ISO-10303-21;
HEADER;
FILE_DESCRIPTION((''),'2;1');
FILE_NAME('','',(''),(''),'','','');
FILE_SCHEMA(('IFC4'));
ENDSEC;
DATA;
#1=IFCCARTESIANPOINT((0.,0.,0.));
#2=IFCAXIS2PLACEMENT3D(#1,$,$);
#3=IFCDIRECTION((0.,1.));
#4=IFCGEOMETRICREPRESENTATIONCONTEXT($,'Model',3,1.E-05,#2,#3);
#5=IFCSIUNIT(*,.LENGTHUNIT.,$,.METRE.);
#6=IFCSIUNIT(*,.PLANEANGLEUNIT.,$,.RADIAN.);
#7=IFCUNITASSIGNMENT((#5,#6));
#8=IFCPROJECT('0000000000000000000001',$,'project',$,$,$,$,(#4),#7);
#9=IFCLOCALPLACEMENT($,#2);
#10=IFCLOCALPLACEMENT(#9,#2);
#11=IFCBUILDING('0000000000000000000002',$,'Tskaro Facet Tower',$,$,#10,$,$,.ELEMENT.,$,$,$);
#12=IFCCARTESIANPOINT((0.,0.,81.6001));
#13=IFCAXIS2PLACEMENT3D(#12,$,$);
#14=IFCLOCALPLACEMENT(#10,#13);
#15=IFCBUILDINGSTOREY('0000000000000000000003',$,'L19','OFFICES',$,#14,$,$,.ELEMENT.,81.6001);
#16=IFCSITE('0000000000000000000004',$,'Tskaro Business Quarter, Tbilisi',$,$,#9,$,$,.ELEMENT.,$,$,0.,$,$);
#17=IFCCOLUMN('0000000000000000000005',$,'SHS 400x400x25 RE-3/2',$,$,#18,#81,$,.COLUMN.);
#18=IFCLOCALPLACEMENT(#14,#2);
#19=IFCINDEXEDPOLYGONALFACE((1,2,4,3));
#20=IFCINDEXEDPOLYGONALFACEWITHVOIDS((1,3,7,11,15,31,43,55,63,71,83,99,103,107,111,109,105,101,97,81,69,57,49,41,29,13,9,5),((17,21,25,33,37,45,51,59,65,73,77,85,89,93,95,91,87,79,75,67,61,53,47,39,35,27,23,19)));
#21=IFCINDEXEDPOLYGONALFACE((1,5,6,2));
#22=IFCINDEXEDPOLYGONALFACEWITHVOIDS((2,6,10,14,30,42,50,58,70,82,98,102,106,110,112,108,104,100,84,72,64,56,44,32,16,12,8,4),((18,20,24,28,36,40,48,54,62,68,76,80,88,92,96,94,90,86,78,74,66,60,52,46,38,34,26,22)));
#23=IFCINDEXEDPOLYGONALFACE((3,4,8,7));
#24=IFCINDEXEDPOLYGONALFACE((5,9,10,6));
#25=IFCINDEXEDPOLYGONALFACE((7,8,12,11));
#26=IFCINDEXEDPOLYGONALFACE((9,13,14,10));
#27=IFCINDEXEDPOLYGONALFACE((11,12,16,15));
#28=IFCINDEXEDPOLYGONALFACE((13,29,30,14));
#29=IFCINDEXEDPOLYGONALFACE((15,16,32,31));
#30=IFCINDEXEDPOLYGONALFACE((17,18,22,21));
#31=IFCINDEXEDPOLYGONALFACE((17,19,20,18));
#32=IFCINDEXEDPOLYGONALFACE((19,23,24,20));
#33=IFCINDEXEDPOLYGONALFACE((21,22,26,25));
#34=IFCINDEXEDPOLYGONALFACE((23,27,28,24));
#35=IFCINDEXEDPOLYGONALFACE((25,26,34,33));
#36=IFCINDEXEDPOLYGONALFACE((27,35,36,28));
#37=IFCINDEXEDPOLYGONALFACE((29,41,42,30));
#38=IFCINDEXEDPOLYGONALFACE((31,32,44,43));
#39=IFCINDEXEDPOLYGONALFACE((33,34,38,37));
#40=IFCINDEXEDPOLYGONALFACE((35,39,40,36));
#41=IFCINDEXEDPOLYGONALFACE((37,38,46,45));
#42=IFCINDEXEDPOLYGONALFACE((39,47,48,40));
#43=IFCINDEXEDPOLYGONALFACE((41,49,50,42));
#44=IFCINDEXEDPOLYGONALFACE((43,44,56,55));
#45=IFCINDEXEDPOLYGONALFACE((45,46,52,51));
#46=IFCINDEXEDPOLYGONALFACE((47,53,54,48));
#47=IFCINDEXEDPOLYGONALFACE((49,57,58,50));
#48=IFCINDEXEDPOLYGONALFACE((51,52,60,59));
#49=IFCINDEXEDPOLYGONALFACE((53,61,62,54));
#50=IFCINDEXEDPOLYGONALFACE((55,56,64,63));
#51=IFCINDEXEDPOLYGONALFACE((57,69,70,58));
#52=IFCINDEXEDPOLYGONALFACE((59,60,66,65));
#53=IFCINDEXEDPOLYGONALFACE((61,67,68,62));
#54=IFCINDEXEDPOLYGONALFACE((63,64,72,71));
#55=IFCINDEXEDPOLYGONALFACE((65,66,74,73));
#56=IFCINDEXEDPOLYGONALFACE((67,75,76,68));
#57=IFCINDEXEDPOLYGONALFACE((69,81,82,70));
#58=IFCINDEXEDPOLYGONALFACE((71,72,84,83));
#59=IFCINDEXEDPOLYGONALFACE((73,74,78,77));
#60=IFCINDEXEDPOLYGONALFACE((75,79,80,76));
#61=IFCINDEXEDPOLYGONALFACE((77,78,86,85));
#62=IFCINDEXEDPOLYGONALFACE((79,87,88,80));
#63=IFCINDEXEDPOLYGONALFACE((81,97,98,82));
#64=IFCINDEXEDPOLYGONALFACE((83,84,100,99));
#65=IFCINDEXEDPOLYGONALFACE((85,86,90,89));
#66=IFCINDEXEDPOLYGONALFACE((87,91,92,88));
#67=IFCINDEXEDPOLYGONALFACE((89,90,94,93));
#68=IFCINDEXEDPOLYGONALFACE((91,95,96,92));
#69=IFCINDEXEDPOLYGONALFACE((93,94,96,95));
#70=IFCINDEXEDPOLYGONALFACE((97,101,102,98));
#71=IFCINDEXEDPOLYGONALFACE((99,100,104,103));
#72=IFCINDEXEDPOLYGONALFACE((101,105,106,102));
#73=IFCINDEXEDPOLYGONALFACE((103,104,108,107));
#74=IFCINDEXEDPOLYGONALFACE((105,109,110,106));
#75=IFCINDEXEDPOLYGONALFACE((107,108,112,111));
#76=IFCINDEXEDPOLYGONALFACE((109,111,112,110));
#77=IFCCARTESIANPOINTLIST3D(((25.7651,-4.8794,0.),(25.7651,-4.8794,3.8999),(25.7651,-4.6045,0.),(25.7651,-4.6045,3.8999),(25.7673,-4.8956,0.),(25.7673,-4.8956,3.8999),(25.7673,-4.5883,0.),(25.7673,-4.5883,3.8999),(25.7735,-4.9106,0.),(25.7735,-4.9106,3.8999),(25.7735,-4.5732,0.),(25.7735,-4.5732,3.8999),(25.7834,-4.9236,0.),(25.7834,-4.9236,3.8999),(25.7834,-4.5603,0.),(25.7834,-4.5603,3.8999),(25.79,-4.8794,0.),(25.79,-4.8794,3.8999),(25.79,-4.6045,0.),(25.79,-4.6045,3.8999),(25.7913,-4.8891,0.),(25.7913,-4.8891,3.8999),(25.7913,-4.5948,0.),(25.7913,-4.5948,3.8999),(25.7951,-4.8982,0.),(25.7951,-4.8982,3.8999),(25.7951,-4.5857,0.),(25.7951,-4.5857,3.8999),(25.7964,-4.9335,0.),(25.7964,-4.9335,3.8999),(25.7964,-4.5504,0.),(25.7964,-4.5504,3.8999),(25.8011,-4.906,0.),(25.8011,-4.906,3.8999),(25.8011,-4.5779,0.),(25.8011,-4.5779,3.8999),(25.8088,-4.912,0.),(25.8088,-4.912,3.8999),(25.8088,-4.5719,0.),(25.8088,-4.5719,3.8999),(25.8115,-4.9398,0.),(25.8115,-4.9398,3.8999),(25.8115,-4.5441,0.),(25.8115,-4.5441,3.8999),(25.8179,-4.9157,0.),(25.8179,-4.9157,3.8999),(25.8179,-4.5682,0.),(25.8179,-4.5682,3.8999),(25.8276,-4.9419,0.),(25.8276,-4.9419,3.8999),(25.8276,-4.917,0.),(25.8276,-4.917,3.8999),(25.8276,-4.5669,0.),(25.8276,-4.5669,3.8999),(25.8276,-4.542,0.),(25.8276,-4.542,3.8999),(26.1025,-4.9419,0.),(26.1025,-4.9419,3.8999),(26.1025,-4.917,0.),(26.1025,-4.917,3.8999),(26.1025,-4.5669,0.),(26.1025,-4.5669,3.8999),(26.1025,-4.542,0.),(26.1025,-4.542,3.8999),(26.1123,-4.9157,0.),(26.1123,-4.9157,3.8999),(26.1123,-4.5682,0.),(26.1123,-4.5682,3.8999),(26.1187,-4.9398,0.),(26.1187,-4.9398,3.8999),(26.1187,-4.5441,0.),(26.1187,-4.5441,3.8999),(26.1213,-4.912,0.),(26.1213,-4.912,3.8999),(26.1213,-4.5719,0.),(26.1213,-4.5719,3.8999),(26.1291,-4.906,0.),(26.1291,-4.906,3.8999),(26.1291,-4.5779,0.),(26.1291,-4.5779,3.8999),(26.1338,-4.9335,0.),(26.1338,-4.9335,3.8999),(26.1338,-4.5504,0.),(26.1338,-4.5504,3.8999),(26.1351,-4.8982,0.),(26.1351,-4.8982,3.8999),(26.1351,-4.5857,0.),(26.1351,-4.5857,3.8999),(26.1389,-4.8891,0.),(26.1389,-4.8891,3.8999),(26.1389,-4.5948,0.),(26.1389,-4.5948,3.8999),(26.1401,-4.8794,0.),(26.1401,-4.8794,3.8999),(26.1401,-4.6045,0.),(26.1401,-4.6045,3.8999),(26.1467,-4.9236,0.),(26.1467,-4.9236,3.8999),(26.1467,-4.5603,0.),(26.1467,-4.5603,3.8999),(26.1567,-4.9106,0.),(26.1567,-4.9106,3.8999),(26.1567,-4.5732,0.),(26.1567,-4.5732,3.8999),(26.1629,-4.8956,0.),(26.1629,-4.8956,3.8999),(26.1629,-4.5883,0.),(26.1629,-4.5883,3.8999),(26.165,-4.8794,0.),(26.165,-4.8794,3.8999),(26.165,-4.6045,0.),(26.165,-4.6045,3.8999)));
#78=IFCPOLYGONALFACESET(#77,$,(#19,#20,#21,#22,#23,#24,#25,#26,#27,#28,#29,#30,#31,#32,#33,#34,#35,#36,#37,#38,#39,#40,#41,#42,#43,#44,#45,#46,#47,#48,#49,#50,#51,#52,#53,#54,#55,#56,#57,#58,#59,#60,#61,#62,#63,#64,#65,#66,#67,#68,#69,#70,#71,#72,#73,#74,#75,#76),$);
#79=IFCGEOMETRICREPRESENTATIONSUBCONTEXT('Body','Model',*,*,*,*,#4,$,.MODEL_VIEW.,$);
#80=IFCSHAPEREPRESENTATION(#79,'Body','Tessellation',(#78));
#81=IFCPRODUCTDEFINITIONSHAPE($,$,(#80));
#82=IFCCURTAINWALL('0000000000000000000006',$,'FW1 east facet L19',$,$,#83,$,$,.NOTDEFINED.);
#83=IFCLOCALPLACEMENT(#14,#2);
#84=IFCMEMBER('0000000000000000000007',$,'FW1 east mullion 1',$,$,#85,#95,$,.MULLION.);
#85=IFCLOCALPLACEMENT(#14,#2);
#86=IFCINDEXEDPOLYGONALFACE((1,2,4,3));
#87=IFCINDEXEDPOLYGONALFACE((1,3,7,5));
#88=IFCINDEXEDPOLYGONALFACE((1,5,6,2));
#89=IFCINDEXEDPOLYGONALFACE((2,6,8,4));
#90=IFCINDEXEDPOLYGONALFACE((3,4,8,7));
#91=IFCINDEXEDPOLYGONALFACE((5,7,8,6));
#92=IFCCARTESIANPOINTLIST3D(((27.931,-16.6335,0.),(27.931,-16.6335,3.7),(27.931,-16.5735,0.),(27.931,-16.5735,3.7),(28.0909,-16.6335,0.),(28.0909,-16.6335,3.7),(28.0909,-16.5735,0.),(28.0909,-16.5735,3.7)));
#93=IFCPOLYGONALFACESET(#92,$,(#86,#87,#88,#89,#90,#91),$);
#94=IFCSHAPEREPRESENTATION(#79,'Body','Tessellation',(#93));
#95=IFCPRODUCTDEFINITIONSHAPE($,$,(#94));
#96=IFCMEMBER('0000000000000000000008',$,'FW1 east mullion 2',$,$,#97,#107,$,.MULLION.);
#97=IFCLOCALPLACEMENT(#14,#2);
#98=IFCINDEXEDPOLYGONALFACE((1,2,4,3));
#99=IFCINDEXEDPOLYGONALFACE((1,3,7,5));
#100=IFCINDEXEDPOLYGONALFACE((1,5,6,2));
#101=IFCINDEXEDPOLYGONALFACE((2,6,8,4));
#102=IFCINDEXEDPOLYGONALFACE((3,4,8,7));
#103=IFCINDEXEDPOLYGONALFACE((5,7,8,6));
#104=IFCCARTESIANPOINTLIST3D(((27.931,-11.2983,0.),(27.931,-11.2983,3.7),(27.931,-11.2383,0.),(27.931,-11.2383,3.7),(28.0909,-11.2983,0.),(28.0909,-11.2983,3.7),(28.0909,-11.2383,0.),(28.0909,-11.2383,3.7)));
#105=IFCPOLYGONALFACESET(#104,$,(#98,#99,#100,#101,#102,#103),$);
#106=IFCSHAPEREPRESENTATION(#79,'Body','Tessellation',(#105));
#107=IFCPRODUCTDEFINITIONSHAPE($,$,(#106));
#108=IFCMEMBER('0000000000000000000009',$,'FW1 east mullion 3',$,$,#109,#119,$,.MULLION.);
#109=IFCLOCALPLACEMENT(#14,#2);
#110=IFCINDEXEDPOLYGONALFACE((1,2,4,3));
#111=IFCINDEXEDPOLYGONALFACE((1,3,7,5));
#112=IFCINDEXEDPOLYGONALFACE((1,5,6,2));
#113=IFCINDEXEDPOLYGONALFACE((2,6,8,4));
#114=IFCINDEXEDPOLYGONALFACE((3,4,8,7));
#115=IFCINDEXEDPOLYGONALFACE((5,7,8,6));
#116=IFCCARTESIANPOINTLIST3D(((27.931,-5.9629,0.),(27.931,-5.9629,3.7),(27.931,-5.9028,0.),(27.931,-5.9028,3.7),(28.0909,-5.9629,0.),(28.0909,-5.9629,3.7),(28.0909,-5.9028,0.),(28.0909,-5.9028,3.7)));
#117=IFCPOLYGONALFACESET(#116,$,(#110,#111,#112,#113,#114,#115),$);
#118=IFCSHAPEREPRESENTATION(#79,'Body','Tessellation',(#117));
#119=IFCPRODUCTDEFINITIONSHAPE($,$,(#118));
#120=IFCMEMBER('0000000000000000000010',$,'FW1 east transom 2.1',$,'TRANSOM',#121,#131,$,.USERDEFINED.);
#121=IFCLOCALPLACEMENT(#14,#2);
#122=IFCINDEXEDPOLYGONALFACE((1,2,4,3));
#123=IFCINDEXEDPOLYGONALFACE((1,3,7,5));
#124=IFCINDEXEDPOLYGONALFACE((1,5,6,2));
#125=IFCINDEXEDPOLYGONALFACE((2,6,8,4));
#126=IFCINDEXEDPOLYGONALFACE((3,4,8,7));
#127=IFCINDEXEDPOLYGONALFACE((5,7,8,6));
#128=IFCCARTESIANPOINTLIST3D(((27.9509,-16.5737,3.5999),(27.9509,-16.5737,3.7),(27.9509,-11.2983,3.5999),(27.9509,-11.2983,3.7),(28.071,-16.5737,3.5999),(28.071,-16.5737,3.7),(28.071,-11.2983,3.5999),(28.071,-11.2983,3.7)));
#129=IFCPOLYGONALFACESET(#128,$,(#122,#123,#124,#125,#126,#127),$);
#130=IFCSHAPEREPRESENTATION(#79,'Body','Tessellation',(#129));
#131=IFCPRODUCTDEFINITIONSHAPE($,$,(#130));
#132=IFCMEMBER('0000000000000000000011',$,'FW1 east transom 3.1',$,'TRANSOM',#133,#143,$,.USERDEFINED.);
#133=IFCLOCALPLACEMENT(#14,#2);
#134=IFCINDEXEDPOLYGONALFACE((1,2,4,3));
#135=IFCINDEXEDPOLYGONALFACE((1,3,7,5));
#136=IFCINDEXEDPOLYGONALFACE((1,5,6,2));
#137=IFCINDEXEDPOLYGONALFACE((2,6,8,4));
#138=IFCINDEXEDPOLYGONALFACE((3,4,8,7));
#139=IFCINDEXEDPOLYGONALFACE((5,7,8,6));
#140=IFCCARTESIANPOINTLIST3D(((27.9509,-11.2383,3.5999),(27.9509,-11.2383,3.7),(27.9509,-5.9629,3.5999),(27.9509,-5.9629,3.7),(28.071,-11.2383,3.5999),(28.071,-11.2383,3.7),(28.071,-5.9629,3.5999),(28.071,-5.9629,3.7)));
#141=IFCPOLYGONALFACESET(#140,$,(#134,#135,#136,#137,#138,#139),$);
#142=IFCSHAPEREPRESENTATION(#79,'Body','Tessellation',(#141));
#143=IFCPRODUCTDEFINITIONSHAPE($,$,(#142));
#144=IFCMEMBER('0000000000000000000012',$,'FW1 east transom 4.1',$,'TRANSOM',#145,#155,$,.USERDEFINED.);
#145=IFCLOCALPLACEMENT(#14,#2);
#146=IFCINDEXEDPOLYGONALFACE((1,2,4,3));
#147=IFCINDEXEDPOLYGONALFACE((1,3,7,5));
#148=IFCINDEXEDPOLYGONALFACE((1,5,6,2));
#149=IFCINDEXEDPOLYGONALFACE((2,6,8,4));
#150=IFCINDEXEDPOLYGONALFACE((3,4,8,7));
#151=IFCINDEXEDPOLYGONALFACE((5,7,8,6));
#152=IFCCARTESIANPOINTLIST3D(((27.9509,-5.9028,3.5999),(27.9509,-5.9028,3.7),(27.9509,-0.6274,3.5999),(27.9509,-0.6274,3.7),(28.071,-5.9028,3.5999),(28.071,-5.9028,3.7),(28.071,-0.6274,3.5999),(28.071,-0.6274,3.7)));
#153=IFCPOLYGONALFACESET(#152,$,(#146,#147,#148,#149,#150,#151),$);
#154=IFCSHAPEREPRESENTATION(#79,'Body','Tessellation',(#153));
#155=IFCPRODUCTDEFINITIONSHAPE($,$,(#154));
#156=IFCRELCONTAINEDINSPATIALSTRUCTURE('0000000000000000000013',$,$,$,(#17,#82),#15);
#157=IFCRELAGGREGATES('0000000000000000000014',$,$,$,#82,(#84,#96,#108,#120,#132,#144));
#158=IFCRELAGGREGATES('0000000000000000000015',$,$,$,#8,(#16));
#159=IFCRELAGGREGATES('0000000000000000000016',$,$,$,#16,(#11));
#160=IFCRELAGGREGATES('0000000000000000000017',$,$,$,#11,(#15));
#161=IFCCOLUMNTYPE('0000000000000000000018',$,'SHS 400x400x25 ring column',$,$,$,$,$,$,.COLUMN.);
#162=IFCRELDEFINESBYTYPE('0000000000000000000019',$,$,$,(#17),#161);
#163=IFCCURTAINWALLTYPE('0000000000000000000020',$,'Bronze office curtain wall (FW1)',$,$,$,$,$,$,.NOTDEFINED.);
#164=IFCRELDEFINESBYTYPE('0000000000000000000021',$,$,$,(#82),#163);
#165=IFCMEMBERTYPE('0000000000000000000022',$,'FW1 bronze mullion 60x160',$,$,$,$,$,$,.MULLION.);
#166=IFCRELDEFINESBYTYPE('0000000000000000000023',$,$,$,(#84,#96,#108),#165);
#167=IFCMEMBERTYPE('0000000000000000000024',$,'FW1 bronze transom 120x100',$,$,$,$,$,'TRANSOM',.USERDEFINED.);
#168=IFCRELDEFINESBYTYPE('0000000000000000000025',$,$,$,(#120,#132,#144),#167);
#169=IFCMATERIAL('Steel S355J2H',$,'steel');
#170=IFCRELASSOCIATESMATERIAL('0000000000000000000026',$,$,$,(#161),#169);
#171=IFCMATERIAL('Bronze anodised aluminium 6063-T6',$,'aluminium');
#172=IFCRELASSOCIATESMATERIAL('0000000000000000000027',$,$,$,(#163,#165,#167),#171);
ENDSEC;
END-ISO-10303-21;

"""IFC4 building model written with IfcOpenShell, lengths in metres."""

from ifc_helpers import new_model, si_unit, direction, frame, origin, origin_2d, place, context, subcontext, project, spatial, rectangle, hollow_rectangle, extrude, material, material_profile, profile_set, type_object, element, aggregate, save


model = new_model("IFC4")

# Units and contexts
model_context = context("Model", 3, precision=1e-05, world=origin(), true_north=direction((0.0, 1.0)))
body_context = subcontext(model_context, "Body", "Model", "MODEL_VIEW")
ifc_project = project(units=[si_unit("LENGTHUNIT", "METRE"), si_unit("PLANEANGLEUNIT", "RADIAN")], contexts=[model_context])

# Site, building, storey
site_placement = place(None, origin())
site = spatial("IfcSite", under=ifc_project, at=site_placement, Name="Tskaro Business Quarter, Tbilisi", CompositionType="ELEMENT", RefElevation=0.0)
building_placement = place(site_placement, origin())
building = spatial("IfcBuilding", under=site, at=building_placement, Name="Tskaro Facet Tower", CompositionType="ELEMENT")
storey_placement = place(building_placement, frame((0.0, 0.0, 81.6001)))
storey = spatial("IfcBuildingStorey", under=building, at=storey_placement, Name="L19", Description="OFFICES", CompositionType="ELEMENT", Elevation=81.6001)

# Column
ifc_material_1 = material(Name="Steel S355J2H", Category="steel")
ifc_material_profile_1 = material_profile(ifc_material_1, hollow_rectangle(XDim=0.3999, YDim=0.3999, WallThickness=0.0249, InnerFilletRadius=0.0376, OuterFilletRadius=0.0625, at=origin_2d()), Name="SHS 400x400x25")
ifc_profile_set_1 = profile_set([ifc_material_profile_1], Name="Steel S355J2H")
column_type_1 = type_object("IfcColumnType", Name="SHS 400x400x25 ring column", PredefinedType="COLUMN", material=ifc_profile_set_1)
for number, where, z_axis, x_axis, name in (
    (1, (25.9651, -4.7419, 0.0), (0.0, 0.0, 1.0), (1.0, 0.0, 0.0), "SHS 400x400x25 RE-3/2"),
):
    element("IfcColumn", number, at=place(storey_placement, frame(where, z_axis=z_axis, x_axis=x_axis)), inside=storey, type_object=column_type_1, Name=name, PredefinedType="COLUMN", context=body_context, shape_type="SweptSolid", body=[
        extrude(hollow_rectangle(XDim=0.3999, YDim=0.3999, WallThickness=0.0249, InnerFilletRadius=0.0376, OuterFilletRadius=0.0625, at=origin_2d()), origin(), (0.0, 0.0, 1.0), 3.8999),
    ])

# Curtain wall, members
ifc_material_2 = material(Name="Bronze anodised aluminium 6063-T6", Category="aluminium")
curtain_wall_type = type_object("IfcCurtainWallType", Name="Bronze office curtain wall (FW1)", PredefinedType="NOTDEFINED", material=ifc_material_2)
curtain_wall_placement = place(storey_placement, origin())
curtain_wall = element("IfcCurtainWall", 2, at=curtain_wall_placement, inside=storey, type_object=curtain_wall_type, Name="FW1 east facet L19", PredefinedType="NOTDEFINED")
ifc_material_profile_2 = material_profile(ifc_material_2, rectangle(XDim=0.0601, YDim=0.1599, at=origin_2d()), Name="Mullion 60x160")
ifc_profile_set_2 = profile_set([ifc_material_profile_2], Name="Bronze anodised aluminium 6063-T6")
member_type_1 = type_object("IfcMemberType", Name="FW1 bronze mullion 60x160", PredefinedType="MULLION", material=ifc_profile_set_2)
member_1_placement = place(storey_placement, frame((28.011, -16.6035, 0.0), z_axis=(0.0, 0.0, 1.0), x_axis=(0.0, 1.0, 0.0)))
member_1 = element("IfcMember", 3, at=member_1_placement, type_object=member_type_1, Name="FW1 east mullion 1", PredefinedType="MULLION", context=body_context, shape_type="SweptSolid", body=[
    extrude(rectangle(XDim=0.0601, YDim=0.1599, at=origin_2d()), origin(), (0.0, 0.0, 1.0), 3.7),
])
member_2_placement = place(storey_placement, frame((28.011, -11.2683, 0.0), z_axis=(0.0, 0.0, 1.0), x_axis=(0.0, 1.0, 0.0)))
member_2 = element("IfcMember", 4, at=member_2_placement, type_object=member_type_1, Name="FW1 east mullion 2", PredefinedType="MULLION", context=body_context, shape_type="SweptSolid", body=[
    extrude(rectangle(XDim=0.0601, YDim=0.1599, at=origin_2d()), origin(), (0.0, 0.0, 1.0), 3.7),
])
member_3_placement = place(storey_placement, frame((28.011, -5.9329, 0.0), z_axis=(0.0, 0.0, 1.0), x_axis=(0.0, 1.0, 0.0)))
member_3 = element("IfcMember", 5, at=member_3_placement, type_object=member_type_1, Name="FW1 east mullion 3", PredefinedType="MULLION", context=body_context, shape_type="SweptSolid", body=[
    extrude(rectangle(XDim=0.0601, YDim=0.1599, at=origin_2d()), origin(), (0.0, 0.0, 1.0), 3.7),
])
ifc_material_profile_3 = material_profile(ifc_material_2, rectangle(XDim=0.1201, YDim=0.1001, at=origin_2d()), Name="Transom 120x100")
ifc_profile_set_3 = profile_set([ifc_material_profile_3], Name="Bronze anodised aluminium 6063-T6")
member_type_2 = type_object("IfcMemberType", Name="FW1 bronze transom 120x100", ElementType="TRANSOM", PredefinedType="USERDEFINED", material=ifc_profile_set_3)
member_4_placement = place(storey_placement, frame((28.011, -16.5737, 3.6499), z_axis=(0.0, 1.0, 0.0), x_axis=(-1.0, 0.0, 0.0)))
member_4 = element("IfcMember", 6, at=member_4_placement, type_object=member_type_2, Name="FW1 east transom 2.1", ObjectType="TRANSOM", PredefinedType="USERDEFINED", context=body_context, shape_type="SweptSolid", body=[
    extrude(rectangle(XDim=0.1201, YDim=0.1001, at=origin_2d()), origin(), (0.0, 0.0, 1.0), 5.2754),
])
member_5_placement = place(storey_placement, frame((28.011, -11.2383, 3.6499), z_axis=(0.0, 1.0, 0.0), x_axis=(-1.0, 0.0, 0.0)))
member_5 = element("IfcMember", 7, at=member_5_placement, type_object=member_type_2, Name="FW1 east transom 3.1", ObjectType="TRANSOM", PredefinedType="USERDEFINED", context=body_context, shape_type="SweptSolid", body=[
    extrude(rectangle(XDim=0.1201, YDim=0.1001, at=origin_2d()), origin(), (0.0, 0.0, 1.0), 5.2754),
])
member_6_placement = place(storey_placement, frame((28.011, -5.9028, 3.6499), z_axis=(0.0, 1.0, 0.0), x_axis=(-1.0, 0.0, 0.0)))
member_6 = element("IfcMember", 8, at=member_6_placement, type_object=member_type_2, Name="FW1 east transom 4.1", ObjectType="TRANSOM", PredefinedType="USERDEFINED", context=body_context, shape_type="SweptSolid", body=[
    extrude(rectangle(XDim=0.1201, YDim=0.1001, at=origin_2d()), origin(), (0.0, 0.0, 1.0), 5.2754),
])

aggregate(curtain_wall, [member_1, member_2, member_3, member_4, member_5, member_6])

save(model, "model.ifc")
